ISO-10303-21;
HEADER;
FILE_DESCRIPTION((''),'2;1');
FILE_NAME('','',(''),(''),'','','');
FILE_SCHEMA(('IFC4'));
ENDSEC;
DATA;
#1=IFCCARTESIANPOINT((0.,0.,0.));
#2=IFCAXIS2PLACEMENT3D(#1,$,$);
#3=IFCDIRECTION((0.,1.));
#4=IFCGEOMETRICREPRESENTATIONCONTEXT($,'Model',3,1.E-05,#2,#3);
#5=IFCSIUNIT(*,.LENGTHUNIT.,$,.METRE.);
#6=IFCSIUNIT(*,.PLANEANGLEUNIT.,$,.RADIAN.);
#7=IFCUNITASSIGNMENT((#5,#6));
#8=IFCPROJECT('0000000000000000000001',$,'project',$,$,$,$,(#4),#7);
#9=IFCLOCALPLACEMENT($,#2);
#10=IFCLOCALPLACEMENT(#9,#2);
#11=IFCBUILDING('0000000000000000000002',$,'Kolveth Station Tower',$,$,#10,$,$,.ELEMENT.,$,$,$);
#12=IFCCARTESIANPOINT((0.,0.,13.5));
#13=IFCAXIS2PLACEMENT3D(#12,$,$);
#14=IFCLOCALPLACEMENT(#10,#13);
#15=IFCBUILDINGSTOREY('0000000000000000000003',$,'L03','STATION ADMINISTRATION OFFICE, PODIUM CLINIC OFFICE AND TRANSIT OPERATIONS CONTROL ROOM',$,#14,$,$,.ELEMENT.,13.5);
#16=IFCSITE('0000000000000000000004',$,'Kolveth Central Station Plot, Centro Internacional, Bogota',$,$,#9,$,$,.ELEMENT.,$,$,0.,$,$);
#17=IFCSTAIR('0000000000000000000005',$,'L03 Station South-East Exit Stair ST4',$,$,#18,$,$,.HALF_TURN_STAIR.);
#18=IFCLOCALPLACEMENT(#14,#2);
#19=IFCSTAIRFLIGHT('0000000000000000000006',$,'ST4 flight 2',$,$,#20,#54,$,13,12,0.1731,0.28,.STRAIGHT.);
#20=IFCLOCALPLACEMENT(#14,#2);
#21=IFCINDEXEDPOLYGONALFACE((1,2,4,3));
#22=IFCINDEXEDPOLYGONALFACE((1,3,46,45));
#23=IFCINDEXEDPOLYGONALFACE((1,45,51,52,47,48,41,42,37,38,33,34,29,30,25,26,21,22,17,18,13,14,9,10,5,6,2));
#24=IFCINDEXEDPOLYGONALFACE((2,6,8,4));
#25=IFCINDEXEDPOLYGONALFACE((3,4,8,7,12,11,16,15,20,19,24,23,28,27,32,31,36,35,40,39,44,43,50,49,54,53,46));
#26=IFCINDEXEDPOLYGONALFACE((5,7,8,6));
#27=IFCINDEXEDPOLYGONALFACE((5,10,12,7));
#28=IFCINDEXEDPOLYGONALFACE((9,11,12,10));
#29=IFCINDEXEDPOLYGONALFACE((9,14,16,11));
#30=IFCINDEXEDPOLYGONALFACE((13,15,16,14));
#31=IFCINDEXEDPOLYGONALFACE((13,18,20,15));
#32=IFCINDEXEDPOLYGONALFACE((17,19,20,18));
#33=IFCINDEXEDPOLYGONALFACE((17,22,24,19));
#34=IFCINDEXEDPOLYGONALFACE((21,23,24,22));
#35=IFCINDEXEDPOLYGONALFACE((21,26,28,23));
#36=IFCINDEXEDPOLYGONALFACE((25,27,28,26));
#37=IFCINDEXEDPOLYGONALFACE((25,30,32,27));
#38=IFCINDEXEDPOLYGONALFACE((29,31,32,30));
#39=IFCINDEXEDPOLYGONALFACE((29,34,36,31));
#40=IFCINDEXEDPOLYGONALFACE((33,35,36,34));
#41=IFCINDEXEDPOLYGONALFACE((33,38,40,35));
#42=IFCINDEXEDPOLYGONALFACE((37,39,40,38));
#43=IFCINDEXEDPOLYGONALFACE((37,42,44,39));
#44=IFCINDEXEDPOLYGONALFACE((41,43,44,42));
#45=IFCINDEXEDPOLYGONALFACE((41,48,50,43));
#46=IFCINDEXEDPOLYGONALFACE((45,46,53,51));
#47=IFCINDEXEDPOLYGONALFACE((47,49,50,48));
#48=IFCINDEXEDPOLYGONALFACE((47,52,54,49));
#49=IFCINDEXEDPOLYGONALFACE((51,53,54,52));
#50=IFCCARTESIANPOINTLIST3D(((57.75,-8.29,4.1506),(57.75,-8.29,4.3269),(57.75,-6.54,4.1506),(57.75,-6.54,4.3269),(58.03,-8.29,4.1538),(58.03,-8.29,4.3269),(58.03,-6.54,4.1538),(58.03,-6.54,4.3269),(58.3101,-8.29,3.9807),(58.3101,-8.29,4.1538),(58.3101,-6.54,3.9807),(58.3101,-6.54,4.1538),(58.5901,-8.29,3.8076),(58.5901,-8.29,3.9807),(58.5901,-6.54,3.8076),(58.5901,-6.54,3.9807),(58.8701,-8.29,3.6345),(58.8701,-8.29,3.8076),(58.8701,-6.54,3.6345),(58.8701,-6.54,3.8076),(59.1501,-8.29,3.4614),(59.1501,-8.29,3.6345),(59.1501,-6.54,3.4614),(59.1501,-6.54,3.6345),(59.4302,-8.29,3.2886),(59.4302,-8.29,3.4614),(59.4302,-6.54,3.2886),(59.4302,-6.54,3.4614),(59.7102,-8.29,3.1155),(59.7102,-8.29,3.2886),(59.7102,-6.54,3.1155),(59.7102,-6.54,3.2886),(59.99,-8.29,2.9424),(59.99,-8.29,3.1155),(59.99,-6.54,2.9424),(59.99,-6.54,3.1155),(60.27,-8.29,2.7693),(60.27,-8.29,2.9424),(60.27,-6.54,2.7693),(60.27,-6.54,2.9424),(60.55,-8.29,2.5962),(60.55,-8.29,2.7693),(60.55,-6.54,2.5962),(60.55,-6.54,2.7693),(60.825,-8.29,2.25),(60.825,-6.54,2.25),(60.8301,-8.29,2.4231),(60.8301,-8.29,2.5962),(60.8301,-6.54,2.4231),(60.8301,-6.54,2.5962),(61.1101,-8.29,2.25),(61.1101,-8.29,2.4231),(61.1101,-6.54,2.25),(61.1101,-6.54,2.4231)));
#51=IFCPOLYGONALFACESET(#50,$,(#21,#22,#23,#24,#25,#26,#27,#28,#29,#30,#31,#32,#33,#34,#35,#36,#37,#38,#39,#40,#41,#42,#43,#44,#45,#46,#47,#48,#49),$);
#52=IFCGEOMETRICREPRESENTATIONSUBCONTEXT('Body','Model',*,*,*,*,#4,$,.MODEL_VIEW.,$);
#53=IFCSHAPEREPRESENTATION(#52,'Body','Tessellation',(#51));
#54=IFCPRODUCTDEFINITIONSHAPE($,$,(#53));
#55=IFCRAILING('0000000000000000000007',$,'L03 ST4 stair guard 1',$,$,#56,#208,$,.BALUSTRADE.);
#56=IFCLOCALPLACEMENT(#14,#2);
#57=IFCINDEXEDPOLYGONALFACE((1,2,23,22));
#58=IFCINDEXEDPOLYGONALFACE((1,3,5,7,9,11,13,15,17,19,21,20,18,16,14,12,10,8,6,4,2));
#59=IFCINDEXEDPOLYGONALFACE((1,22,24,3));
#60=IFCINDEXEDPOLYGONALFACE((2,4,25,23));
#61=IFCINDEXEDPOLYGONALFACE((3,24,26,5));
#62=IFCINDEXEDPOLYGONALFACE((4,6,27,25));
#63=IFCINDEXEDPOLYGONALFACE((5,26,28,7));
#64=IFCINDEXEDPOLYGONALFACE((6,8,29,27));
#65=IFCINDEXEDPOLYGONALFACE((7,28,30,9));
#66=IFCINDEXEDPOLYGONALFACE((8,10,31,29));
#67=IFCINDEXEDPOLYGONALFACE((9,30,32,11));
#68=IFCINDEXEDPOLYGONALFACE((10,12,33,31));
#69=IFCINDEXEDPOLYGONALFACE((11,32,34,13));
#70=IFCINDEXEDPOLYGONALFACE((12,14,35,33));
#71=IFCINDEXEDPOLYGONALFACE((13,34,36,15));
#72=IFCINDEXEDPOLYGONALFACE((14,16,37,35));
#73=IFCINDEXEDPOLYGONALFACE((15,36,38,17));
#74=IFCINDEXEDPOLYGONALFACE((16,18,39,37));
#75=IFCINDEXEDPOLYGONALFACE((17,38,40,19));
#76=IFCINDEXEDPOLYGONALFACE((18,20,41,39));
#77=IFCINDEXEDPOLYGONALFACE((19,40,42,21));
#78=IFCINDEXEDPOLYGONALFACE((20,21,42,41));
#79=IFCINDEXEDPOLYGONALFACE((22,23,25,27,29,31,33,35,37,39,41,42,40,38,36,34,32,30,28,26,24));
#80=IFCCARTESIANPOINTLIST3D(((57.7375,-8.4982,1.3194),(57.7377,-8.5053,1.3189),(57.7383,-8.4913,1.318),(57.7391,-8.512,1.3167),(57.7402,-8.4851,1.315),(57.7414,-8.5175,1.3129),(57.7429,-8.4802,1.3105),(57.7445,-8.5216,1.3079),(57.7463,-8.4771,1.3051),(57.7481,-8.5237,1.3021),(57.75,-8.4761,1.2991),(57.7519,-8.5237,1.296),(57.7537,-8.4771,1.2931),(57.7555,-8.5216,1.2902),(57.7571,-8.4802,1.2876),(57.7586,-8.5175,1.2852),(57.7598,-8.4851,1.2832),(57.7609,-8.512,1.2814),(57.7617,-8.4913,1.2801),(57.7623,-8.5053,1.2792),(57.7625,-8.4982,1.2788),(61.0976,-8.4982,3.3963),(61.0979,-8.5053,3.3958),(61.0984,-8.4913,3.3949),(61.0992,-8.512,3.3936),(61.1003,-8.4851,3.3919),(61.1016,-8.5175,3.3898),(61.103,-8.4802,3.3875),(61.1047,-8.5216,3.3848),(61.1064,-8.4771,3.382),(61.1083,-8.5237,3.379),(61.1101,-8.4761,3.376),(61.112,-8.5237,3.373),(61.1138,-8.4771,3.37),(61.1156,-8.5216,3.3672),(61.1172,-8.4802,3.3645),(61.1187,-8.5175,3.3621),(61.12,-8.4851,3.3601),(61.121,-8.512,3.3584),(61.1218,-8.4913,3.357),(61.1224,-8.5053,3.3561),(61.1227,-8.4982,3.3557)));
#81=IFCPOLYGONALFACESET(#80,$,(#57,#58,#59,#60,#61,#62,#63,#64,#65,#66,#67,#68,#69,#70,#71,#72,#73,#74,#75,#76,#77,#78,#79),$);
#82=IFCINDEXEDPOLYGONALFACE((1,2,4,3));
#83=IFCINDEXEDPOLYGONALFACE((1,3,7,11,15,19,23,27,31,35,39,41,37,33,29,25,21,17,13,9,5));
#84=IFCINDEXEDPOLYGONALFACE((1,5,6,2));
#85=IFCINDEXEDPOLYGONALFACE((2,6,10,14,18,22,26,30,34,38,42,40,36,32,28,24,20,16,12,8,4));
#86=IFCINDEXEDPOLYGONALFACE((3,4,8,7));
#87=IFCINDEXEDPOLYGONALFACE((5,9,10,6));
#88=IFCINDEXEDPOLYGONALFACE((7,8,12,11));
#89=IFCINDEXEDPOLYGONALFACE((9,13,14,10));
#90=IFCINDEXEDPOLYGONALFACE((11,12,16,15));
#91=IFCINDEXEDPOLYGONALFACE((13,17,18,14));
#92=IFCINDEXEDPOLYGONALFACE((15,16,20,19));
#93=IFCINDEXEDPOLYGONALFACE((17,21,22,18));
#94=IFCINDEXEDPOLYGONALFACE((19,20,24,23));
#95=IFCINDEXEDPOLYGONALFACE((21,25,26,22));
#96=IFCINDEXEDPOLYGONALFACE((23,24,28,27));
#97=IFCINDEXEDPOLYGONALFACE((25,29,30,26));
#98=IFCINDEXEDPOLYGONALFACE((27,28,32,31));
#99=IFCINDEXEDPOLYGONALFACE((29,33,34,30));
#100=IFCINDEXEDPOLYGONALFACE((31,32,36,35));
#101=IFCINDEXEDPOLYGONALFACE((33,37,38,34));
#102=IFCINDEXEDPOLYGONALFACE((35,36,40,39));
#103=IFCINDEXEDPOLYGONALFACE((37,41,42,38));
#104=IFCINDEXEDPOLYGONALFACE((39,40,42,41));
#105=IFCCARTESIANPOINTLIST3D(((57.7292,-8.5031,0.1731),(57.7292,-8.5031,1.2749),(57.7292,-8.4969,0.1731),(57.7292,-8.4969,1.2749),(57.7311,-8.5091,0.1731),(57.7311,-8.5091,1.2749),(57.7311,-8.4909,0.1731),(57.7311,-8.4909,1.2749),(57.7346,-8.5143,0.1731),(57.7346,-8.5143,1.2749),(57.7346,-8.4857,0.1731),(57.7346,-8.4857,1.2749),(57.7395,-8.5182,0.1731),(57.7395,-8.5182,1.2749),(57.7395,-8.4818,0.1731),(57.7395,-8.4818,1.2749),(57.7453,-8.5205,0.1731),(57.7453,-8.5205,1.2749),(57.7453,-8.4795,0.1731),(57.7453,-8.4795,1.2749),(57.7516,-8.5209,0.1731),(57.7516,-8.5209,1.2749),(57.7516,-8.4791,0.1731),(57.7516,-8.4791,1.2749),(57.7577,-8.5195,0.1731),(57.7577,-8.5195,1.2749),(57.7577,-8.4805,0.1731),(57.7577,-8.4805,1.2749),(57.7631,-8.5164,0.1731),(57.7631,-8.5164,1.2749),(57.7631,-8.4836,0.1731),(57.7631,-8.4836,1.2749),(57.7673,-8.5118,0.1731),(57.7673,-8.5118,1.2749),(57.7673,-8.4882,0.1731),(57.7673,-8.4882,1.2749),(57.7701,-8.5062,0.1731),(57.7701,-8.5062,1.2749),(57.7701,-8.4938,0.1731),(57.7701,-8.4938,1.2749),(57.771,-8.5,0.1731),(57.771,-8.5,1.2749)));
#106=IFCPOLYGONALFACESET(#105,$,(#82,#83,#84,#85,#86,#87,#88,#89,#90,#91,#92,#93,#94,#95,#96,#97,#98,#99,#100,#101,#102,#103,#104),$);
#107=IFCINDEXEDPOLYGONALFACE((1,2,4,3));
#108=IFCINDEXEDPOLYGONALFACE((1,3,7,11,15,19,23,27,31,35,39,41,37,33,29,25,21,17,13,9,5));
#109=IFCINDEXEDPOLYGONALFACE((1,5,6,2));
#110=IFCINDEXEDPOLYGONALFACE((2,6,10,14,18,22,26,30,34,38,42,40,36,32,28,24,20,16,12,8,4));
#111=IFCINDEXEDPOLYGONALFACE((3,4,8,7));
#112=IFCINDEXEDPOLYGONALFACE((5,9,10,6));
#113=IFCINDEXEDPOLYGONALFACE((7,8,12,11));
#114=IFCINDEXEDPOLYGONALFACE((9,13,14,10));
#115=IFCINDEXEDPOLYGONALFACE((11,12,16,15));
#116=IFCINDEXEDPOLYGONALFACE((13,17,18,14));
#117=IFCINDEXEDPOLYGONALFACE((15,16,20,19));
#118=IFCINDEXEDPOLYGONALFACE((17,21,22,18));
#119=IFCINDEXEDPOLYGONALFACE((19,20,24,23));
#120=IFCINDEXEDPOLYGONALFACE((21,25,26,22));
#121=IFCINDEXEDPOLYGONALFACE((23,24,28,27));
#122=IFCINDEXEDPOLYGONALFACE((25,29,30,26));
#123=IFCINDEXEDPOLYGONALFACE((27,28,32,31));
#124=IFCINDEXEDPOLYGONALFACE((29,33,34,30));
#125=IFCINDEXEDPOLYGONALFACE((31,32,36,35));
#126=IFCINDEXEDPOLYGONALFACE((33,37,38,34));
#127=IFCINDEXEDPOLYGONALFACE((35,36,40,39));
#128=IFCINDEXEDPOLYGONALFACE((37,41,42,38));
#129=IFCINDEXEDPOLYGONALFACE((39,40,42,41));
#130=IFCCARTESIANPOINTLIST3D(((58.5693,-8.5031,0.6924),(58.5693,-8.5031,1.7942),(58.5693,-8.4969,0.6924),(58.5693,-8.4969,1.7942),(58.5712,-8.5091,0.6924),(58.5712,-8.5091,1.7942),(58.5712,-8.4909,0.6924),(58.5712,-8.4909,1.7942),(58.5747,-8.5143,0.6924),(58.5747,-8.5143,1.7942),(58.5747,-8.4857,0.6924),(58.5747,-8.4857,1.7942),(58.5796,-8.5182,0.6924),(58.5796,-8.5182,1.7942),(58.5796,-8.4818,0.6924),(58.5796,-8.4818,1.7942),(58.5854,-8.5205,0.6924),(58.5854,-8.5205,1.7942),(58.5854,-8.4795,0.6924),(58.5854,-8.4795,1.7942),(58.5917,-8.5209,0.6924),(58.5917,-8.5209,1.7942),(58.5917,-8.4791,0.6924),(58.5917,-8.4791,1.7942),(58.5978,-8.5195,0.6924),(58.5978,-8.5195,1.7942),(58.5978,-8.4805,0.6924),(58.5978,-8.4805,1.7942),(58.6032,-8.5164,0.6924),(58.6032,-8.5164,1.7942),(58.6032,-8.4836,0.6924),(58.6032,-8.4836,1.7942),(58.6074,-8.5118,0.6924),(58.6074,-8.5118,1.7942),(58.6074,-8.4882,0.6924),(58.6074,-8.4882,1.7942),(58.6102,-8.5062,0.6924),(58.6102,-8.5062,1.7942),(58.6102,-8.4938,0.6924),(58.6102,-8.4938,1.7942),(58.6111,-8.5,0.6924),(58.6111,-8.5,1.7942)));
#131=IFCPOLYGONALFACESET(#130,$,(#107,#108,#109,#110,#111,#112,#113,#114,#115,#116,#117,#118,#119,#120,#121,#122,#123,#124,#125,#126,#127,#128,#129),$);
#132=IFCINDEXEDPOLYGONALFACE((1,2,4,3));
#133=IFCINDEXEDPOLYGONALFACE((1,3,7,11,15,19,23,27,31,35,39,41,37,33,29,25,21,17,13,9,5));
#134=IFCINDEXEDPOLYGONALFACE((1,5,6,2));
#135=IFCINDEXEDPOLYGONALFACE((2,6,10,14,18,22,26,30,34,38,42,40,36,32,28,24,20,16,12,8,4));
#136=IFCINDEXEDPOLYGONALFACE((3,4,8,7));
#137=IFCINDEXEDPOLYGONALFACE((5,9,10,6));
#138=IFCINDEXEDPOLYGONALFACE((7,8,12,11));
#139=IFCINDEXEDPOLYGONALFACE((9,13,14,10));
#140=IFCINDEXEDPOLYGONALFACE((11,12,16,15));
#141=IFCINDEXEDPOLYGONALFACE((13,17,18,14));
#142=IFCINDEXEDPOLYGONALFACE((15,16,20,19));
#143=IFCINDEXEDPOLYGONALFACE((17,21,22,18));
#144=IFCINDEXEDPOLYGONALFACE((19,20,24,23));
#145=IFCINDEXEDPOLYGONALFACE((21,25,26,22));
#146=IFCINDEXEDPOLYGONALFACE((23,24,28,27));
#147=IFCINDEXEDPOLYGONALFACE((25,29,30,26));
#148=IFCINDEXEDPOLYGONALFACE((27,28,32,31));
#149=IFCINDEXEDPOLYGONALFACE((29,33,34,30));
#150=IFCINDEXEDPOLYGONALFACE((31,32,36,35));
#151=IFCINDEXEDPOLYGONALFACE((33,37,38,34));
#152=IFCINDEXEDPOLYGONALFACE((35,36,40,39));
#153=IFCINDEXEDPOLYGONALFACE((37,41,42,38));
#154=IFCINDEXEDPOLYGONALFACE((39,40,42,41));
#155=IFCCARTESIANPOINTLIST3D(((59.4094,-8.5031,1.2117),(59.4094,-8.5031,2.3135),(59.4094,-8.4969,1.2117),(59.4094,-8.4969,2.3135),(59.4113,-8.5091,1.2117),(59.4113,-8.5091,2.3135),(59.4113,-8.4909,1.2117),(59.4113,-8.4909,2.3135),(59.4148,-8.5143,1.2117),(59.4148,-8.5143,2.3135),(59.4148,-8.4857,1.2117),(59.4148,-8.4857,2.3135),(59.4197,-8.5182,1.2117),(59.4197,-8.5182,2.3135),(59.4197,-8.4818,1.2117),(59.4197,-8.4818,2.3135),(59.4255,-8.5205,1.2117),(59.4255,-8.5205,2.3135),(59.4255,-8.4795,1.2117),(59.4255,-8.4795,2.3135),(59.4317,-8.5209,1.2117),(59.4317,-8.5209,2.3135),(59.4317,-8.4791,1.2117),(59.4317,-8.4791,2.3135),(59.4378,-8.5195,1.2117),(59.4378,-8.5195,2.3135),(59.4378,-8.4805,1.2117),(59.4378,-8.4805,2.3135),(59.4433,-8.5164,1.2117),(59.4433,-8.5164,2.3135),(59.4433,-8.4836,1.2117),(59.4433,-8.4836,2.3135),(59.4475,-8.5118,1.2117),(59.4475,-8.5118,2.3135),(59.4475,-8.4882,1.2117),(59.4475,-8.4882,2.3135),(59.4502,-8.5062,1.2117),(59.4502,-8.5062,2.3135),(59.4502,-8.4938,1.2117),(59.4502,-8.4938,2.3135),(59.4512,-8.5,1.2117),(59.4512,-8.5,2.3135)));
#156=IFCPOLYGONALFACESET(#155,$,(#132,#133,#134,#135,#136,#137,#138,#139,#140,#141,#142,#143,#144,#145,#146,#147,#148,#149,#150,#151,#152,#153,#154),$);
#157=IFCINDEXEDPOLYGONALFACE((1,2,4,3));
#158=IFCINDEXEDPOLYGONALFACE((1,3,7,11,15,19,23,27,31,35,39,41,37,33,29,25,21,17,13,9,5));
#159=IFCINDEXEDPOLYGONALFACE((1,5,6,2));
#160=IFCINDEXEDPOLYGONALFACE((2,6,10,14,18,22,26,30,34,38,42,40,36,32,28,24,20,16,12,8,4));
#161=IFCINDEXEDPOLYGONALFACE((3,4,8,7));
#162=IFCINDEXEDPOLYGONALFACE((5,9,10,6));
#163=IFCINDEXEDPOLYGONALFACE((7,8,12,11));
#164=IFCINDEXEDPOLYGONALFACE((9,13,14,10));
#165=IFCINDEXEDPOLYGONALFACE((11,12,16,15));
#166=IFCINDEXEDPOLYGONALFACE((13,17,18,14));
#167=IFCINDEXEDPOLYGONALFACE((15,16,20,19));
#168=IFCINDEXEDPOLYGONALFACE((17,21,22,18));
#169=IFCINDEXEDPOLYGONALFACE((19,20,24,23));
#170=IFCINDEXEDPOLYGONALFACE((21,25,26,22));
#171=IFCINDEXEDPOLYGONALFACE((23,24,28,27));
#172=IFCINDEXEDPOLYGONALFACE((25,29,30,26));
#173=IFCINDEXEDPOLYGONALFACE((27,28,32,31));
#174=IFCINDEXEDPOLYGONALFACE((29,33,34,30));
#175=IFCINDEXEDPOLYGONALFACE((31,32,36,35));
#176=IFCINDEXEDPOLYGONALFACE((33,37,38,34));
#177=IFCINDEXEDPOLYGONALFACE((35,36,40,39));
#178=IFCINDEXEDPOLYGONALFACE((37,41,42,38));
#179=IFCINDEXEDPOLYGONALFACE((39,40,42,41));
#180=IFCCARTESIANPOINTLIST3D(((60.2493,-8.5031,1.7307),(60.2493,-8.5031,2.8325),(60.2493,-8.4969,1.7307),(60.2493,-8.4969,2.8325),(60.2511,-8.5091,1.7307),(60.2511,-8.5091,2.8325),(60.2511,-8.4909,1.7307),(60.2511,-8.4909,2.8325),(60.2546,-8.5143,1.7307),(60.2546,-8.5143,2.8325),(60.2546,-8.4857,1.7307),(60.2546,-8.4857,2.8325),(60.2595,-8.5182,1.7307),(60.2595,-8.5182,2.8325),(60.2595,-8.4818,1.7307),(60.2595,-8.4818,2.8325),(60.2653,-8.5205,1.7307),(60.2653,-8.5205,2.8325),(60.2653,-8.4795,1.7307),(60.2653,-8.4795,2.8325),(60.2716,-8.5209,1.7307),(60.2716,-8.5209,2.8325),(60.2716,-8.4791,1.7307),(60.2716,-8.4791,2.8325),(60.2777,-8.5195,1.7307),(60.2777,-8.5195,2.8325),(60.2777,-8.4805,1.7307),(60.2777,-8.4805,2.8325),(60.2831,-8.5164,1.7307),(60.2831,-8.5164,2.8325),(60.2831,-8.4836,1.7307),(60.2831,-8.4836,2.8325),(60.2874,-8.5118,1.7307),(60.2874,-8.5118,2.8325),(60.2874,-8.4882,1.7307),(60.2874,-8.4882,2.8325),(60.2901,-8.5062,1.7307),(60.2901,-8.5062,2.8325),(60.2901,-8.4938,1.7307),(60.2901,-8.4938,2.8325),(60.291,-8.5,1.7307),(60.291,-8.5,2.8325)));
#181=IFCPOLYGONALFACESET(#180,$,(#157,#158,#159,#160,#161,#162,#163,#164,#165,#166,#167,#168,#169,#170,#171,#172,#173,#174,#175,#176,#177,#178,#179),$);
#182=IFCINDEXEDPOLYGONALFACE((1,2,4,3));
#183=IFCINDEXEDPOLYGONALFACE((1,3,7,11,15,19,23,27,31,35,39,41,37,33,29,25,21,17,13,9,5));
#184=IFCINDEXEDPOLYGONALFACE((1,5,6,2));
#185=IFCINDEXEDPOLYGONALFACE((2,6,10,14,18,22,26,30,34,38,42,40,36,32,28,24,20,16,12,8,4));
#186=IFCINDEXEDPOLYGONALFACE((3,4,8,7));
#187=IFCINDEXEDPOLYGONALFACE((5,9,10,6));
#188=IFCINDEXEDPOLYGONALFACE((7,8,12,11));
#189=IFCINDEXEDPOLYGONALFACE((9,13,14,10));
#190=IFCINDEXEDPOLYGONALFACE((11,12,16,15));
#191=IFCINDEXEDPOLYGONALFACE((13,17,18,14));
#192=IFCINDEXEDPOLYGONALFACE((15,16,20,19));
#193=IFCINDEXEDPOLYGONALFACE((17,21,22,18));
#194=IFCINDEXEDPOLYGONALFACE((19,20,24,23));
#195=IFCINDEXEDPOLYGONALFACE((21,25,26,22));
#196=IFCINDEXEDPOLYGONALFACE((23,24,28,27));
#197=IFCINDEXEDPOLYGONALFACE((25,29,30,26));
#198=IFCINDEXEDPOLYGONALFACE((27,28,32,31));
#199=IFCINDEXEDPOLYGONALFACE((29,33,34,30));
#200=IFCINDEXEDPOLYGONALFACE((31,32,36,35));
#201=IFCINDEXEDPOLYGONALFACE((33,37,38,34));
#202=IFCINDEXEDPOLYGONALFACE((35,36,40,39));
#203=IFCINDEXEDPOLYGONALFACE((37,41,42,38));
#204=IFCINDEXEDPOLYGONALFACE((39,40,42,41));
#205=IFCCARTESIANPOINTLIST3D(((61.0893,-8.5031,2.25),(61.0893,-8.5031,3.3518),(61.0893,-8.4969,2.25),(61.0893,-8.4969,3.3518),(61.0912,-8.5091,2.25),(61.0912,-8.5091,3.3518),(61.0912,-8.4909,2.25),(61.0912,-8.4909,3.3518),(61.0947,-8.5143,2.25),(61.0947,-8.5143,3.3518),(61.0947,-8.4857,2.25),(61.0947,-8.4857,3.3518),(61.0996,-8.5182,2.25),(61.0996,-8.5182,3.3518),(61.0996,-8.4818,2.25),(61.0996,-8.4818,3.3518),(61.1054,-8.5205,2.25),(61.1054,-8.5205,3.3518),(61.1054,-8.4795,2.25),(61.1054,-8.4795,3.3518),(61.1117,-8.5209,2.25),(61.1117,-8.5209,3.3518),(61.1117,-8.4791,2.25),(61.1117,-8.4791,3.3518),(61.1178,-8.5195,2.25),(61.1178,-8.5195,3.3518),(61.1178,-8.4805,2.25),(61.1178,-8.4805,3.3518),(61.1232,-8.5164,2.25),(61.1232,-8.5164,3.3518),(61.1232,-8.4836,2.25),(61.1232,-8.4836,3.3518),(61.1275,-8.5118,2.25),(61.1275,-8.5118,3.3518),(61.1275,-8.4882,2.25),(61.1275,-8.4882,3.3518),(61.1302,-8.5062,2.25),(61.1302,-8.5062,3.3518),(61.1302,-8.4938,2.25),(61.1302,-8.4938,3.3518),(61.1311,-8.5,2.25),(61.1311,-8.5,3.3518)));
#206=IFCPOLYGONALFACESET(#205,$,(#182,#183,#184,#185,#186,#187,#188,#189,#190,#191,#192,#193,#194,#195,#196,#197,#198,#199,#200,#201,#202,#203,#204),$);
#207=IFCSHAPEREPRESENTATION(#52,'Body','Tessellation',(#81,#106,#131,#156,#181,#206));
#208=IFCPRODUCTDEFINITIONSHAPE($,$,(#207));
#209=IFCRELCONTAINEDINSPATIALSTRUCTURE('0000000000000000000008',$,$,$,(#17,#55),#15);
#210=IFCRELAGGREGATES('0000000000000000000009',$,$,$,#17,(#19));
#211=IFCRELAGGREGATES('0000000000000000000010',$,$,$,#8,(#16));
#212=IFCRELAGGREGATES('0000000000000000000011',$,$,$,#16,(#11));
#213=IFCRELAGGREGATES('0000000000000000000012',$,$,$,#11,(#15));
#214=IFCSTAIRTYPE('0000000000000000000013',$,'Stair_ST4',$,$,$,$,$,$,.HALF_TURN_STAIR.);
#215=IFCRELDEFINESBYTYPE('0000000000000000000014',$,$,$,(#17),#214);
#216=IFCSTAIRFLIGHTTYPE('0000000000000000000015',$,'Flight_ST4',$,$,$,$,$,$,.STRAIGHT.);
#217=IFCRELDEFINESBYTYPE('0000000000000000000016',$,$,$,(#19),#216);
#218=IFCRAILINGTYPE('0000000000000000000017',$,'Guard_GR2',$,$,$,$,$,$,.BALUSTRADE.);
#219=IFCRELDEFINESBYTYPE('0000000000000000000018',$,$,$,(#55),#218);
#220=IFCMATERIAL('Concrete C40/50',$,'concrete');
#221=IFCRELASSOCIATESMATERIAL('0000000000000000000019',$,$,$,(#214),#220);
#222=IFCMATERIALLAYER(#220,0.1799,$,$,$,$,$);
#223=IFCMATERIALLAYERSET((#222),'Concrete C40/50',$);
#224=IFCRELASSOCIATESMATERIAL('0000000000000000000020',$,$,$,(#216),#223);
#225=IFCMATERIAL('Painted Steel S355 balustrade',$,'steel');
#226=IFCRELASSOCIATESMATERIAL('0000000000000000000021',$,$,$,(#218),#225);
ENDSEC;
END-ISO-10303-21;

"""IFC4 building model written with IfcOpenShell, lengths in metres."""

from ifc_helpers import new_model, si_unit, direction, frame, origin, origin_2d, place, context, subcontext, project, spatial, polyline, circle, outline, extrude, material, layer, layer_set, type_object, element, aggregate, save


model = new_model("IFC4")

# Units and contexts
model_context = context("Model", 3, precision=1e-05, world=origin(), true_north=direction((0.0, 1.0)))
body_context = subcontext(model_context, "Body", "Model", "MODEL_VIEW")
ifc_project = project(units=[si_unit("LENGTHUNIT", "METRE"), si_unit("PLANEANGLEUNIT", "RADIAN")], contexts=[model_context])

# Site, building, storey
site_placement = place(None, origin())
site = spatial("IfcSite", under=ifc_project, at=site_placement, Name="Kolveth Central Station Plot, Centro Internacional, Bogota", CompositionType="ELEMENT", RefElevation=0.0)
building_placement = place(site_placement, origin())
building = spatial("IfcBuilding", under=site, at=building_placement, Name="Kolveth Station Tower", CompositionType="ELEMENT")
storey_placement = place(building_placement, frame((0.0, 0.0, 13.5)))
storey = spatial("IfcBuildingStorey", under=building, at=storey_placement, Name="L03", Description="STATION ADMINISTRATION OFFICE, PODIUM CLINIC OFFICE AND TRANSIT OPERATIONS CONTROL ROOM", CompositionType="ELEMENT", Elevation=13.5)

# Shared definitions
ifc_material_1 = material(Name="Concrete C40/50", Category="concrete")

# Stair, stair flight
stair_type = type_object("IfcStairType", Name="Stair_ST4", PredefinedType="HALF_TURN_STAIR", material=ifc_material_1)
stair_placement = place(storey_placement, origin())
stair = element("IfcStair", 1, at=stair_placement, inside=storey, type_object=stair_type, Name="L03 Station South-East Exit Stair ST4", PredefinedType="HALF_TURN_STAIR")
ifc_layer_1 = layer(ifc_material_1, 0.1799)
ifc_layer_set_1 = layer_set([ifc_layer_1], Name="Concrete C40/50")
stair_flight_type = type_object("IfcStairFlightType", Name="Flight_ST4", PredefinedType="STRAIGHT", material=ifc_layer_set_1)
stair_flight_1_placement = place(storey_placement, frame((61.1101, -7.415, 2.25), z_axis=(0.0, 0.0, 1.0), x_axis=(-1.0, 0.0, 0.0)))
stair_flight_1 = element("IfcStairFlight", 2, at=stair_flight_1_placement, type_object=stair_flight_type, Name="ST4 flight 2", NumberOfRisers=13, NumberOfTreads=12, PredefinedType="STRAIGHT", RiserHeight=0.1731, TreadLength=0.28, context=body_context, shape_type="SweptSolid", body=[
    extrude(outline(polyline([(0.0, 0.0), (0.0, 0.1731), (0.28, 0.1731), (0.28, 0.3462), (0.5601, 0.3462), (0.5601, 0.5193), (0.8401, 0.5193), (0.8401, 0.6924), (1.1201, 0.6924), (1.1201, 0.8655), (1.3999, 0.8655), (1.3999, 1.0386), (1.6799, 1.0386), (1.6799, 1.2114), (1.96, 1.2114), (1.96, 1.3845), (2.24, 1.3845), (2.24, 1.5576), (2.52, 1.5576), (2.52, 1.7307), (2.8, 1.7307), (2.8, 1.9038), (3.0801, 1.9038), (3.0801, 2.0769), (3.3601, 2.0769), (3.3601, 2.25), (3.3601, 1.9006), (0.2852, 0.0), (0.0, 0.0)])), frame((0.0, 0.875, 0.0), z_axis=(0.0, -1.0, 0.0), x_axis=(1.0, 0.0, 0.0)), (0.0, 0.0, 1.0), 1.75),
])
aggregate(stair, [stair_flight_1])

# Railing
ifc_material_2 = material(Name="Painted Steel S355 balustrade", Category="steel")
railing_type_1 = type_object("IfcRailingType", Name="Guard_GR2", PredefinedType="BALUSTRADE", material=ifc_material_2)
railing_1_placement = place(storey_placement, frame((57.75, -8.5, 0.1731)))
element("IfcRailing", 3, at=railing_1_placement, inside=storey, type_object=railing_type_1, Name="L03 ST4 stair guard 1", PredefinedType="BALUSTRADE", context=body_context, shape_type="SweptSolid", body=[
    extrude(circle(Radius=0.0239, at=origin_2d()), frame((0.0, 0.0, 1.126), z_axis=(0.850623, 0.0, 0.525776), x_axis=(0.0, 1.0, 0.0)), (0.0, 0.0, 1.0), 3.9502),
    extrude(circle(Radius=0.021, at=origin_2d()), origin(), (0.0, 0.0, 1.0), 1.1018),
    extrude(circle(Radius=0.021, at=origin_2d()), frame((0.8401, 0.0, 0.5193)), (0.0, 0.0, 1.0), 1.1018),
    extrude(circle(Radius=0.021, at=origin_2d()), frame((1.6802, 0.0, 1.0386)), (0.0, 0.0, 1.0), 1.1018),
    extrude(circle(Radius=0.021, at=origin_2d()), frame((2.52, 0.0, 1.5576)), (0.0, 0.0, 1.0), 1.1018),
    extrude(circle(Radius=0.021, at=origin_2d()), frame((3.3601, 0.0, 2.0769)), (0.0, 0.0, 1.0), 1.1018),
])

save(model, "model.ifc")
